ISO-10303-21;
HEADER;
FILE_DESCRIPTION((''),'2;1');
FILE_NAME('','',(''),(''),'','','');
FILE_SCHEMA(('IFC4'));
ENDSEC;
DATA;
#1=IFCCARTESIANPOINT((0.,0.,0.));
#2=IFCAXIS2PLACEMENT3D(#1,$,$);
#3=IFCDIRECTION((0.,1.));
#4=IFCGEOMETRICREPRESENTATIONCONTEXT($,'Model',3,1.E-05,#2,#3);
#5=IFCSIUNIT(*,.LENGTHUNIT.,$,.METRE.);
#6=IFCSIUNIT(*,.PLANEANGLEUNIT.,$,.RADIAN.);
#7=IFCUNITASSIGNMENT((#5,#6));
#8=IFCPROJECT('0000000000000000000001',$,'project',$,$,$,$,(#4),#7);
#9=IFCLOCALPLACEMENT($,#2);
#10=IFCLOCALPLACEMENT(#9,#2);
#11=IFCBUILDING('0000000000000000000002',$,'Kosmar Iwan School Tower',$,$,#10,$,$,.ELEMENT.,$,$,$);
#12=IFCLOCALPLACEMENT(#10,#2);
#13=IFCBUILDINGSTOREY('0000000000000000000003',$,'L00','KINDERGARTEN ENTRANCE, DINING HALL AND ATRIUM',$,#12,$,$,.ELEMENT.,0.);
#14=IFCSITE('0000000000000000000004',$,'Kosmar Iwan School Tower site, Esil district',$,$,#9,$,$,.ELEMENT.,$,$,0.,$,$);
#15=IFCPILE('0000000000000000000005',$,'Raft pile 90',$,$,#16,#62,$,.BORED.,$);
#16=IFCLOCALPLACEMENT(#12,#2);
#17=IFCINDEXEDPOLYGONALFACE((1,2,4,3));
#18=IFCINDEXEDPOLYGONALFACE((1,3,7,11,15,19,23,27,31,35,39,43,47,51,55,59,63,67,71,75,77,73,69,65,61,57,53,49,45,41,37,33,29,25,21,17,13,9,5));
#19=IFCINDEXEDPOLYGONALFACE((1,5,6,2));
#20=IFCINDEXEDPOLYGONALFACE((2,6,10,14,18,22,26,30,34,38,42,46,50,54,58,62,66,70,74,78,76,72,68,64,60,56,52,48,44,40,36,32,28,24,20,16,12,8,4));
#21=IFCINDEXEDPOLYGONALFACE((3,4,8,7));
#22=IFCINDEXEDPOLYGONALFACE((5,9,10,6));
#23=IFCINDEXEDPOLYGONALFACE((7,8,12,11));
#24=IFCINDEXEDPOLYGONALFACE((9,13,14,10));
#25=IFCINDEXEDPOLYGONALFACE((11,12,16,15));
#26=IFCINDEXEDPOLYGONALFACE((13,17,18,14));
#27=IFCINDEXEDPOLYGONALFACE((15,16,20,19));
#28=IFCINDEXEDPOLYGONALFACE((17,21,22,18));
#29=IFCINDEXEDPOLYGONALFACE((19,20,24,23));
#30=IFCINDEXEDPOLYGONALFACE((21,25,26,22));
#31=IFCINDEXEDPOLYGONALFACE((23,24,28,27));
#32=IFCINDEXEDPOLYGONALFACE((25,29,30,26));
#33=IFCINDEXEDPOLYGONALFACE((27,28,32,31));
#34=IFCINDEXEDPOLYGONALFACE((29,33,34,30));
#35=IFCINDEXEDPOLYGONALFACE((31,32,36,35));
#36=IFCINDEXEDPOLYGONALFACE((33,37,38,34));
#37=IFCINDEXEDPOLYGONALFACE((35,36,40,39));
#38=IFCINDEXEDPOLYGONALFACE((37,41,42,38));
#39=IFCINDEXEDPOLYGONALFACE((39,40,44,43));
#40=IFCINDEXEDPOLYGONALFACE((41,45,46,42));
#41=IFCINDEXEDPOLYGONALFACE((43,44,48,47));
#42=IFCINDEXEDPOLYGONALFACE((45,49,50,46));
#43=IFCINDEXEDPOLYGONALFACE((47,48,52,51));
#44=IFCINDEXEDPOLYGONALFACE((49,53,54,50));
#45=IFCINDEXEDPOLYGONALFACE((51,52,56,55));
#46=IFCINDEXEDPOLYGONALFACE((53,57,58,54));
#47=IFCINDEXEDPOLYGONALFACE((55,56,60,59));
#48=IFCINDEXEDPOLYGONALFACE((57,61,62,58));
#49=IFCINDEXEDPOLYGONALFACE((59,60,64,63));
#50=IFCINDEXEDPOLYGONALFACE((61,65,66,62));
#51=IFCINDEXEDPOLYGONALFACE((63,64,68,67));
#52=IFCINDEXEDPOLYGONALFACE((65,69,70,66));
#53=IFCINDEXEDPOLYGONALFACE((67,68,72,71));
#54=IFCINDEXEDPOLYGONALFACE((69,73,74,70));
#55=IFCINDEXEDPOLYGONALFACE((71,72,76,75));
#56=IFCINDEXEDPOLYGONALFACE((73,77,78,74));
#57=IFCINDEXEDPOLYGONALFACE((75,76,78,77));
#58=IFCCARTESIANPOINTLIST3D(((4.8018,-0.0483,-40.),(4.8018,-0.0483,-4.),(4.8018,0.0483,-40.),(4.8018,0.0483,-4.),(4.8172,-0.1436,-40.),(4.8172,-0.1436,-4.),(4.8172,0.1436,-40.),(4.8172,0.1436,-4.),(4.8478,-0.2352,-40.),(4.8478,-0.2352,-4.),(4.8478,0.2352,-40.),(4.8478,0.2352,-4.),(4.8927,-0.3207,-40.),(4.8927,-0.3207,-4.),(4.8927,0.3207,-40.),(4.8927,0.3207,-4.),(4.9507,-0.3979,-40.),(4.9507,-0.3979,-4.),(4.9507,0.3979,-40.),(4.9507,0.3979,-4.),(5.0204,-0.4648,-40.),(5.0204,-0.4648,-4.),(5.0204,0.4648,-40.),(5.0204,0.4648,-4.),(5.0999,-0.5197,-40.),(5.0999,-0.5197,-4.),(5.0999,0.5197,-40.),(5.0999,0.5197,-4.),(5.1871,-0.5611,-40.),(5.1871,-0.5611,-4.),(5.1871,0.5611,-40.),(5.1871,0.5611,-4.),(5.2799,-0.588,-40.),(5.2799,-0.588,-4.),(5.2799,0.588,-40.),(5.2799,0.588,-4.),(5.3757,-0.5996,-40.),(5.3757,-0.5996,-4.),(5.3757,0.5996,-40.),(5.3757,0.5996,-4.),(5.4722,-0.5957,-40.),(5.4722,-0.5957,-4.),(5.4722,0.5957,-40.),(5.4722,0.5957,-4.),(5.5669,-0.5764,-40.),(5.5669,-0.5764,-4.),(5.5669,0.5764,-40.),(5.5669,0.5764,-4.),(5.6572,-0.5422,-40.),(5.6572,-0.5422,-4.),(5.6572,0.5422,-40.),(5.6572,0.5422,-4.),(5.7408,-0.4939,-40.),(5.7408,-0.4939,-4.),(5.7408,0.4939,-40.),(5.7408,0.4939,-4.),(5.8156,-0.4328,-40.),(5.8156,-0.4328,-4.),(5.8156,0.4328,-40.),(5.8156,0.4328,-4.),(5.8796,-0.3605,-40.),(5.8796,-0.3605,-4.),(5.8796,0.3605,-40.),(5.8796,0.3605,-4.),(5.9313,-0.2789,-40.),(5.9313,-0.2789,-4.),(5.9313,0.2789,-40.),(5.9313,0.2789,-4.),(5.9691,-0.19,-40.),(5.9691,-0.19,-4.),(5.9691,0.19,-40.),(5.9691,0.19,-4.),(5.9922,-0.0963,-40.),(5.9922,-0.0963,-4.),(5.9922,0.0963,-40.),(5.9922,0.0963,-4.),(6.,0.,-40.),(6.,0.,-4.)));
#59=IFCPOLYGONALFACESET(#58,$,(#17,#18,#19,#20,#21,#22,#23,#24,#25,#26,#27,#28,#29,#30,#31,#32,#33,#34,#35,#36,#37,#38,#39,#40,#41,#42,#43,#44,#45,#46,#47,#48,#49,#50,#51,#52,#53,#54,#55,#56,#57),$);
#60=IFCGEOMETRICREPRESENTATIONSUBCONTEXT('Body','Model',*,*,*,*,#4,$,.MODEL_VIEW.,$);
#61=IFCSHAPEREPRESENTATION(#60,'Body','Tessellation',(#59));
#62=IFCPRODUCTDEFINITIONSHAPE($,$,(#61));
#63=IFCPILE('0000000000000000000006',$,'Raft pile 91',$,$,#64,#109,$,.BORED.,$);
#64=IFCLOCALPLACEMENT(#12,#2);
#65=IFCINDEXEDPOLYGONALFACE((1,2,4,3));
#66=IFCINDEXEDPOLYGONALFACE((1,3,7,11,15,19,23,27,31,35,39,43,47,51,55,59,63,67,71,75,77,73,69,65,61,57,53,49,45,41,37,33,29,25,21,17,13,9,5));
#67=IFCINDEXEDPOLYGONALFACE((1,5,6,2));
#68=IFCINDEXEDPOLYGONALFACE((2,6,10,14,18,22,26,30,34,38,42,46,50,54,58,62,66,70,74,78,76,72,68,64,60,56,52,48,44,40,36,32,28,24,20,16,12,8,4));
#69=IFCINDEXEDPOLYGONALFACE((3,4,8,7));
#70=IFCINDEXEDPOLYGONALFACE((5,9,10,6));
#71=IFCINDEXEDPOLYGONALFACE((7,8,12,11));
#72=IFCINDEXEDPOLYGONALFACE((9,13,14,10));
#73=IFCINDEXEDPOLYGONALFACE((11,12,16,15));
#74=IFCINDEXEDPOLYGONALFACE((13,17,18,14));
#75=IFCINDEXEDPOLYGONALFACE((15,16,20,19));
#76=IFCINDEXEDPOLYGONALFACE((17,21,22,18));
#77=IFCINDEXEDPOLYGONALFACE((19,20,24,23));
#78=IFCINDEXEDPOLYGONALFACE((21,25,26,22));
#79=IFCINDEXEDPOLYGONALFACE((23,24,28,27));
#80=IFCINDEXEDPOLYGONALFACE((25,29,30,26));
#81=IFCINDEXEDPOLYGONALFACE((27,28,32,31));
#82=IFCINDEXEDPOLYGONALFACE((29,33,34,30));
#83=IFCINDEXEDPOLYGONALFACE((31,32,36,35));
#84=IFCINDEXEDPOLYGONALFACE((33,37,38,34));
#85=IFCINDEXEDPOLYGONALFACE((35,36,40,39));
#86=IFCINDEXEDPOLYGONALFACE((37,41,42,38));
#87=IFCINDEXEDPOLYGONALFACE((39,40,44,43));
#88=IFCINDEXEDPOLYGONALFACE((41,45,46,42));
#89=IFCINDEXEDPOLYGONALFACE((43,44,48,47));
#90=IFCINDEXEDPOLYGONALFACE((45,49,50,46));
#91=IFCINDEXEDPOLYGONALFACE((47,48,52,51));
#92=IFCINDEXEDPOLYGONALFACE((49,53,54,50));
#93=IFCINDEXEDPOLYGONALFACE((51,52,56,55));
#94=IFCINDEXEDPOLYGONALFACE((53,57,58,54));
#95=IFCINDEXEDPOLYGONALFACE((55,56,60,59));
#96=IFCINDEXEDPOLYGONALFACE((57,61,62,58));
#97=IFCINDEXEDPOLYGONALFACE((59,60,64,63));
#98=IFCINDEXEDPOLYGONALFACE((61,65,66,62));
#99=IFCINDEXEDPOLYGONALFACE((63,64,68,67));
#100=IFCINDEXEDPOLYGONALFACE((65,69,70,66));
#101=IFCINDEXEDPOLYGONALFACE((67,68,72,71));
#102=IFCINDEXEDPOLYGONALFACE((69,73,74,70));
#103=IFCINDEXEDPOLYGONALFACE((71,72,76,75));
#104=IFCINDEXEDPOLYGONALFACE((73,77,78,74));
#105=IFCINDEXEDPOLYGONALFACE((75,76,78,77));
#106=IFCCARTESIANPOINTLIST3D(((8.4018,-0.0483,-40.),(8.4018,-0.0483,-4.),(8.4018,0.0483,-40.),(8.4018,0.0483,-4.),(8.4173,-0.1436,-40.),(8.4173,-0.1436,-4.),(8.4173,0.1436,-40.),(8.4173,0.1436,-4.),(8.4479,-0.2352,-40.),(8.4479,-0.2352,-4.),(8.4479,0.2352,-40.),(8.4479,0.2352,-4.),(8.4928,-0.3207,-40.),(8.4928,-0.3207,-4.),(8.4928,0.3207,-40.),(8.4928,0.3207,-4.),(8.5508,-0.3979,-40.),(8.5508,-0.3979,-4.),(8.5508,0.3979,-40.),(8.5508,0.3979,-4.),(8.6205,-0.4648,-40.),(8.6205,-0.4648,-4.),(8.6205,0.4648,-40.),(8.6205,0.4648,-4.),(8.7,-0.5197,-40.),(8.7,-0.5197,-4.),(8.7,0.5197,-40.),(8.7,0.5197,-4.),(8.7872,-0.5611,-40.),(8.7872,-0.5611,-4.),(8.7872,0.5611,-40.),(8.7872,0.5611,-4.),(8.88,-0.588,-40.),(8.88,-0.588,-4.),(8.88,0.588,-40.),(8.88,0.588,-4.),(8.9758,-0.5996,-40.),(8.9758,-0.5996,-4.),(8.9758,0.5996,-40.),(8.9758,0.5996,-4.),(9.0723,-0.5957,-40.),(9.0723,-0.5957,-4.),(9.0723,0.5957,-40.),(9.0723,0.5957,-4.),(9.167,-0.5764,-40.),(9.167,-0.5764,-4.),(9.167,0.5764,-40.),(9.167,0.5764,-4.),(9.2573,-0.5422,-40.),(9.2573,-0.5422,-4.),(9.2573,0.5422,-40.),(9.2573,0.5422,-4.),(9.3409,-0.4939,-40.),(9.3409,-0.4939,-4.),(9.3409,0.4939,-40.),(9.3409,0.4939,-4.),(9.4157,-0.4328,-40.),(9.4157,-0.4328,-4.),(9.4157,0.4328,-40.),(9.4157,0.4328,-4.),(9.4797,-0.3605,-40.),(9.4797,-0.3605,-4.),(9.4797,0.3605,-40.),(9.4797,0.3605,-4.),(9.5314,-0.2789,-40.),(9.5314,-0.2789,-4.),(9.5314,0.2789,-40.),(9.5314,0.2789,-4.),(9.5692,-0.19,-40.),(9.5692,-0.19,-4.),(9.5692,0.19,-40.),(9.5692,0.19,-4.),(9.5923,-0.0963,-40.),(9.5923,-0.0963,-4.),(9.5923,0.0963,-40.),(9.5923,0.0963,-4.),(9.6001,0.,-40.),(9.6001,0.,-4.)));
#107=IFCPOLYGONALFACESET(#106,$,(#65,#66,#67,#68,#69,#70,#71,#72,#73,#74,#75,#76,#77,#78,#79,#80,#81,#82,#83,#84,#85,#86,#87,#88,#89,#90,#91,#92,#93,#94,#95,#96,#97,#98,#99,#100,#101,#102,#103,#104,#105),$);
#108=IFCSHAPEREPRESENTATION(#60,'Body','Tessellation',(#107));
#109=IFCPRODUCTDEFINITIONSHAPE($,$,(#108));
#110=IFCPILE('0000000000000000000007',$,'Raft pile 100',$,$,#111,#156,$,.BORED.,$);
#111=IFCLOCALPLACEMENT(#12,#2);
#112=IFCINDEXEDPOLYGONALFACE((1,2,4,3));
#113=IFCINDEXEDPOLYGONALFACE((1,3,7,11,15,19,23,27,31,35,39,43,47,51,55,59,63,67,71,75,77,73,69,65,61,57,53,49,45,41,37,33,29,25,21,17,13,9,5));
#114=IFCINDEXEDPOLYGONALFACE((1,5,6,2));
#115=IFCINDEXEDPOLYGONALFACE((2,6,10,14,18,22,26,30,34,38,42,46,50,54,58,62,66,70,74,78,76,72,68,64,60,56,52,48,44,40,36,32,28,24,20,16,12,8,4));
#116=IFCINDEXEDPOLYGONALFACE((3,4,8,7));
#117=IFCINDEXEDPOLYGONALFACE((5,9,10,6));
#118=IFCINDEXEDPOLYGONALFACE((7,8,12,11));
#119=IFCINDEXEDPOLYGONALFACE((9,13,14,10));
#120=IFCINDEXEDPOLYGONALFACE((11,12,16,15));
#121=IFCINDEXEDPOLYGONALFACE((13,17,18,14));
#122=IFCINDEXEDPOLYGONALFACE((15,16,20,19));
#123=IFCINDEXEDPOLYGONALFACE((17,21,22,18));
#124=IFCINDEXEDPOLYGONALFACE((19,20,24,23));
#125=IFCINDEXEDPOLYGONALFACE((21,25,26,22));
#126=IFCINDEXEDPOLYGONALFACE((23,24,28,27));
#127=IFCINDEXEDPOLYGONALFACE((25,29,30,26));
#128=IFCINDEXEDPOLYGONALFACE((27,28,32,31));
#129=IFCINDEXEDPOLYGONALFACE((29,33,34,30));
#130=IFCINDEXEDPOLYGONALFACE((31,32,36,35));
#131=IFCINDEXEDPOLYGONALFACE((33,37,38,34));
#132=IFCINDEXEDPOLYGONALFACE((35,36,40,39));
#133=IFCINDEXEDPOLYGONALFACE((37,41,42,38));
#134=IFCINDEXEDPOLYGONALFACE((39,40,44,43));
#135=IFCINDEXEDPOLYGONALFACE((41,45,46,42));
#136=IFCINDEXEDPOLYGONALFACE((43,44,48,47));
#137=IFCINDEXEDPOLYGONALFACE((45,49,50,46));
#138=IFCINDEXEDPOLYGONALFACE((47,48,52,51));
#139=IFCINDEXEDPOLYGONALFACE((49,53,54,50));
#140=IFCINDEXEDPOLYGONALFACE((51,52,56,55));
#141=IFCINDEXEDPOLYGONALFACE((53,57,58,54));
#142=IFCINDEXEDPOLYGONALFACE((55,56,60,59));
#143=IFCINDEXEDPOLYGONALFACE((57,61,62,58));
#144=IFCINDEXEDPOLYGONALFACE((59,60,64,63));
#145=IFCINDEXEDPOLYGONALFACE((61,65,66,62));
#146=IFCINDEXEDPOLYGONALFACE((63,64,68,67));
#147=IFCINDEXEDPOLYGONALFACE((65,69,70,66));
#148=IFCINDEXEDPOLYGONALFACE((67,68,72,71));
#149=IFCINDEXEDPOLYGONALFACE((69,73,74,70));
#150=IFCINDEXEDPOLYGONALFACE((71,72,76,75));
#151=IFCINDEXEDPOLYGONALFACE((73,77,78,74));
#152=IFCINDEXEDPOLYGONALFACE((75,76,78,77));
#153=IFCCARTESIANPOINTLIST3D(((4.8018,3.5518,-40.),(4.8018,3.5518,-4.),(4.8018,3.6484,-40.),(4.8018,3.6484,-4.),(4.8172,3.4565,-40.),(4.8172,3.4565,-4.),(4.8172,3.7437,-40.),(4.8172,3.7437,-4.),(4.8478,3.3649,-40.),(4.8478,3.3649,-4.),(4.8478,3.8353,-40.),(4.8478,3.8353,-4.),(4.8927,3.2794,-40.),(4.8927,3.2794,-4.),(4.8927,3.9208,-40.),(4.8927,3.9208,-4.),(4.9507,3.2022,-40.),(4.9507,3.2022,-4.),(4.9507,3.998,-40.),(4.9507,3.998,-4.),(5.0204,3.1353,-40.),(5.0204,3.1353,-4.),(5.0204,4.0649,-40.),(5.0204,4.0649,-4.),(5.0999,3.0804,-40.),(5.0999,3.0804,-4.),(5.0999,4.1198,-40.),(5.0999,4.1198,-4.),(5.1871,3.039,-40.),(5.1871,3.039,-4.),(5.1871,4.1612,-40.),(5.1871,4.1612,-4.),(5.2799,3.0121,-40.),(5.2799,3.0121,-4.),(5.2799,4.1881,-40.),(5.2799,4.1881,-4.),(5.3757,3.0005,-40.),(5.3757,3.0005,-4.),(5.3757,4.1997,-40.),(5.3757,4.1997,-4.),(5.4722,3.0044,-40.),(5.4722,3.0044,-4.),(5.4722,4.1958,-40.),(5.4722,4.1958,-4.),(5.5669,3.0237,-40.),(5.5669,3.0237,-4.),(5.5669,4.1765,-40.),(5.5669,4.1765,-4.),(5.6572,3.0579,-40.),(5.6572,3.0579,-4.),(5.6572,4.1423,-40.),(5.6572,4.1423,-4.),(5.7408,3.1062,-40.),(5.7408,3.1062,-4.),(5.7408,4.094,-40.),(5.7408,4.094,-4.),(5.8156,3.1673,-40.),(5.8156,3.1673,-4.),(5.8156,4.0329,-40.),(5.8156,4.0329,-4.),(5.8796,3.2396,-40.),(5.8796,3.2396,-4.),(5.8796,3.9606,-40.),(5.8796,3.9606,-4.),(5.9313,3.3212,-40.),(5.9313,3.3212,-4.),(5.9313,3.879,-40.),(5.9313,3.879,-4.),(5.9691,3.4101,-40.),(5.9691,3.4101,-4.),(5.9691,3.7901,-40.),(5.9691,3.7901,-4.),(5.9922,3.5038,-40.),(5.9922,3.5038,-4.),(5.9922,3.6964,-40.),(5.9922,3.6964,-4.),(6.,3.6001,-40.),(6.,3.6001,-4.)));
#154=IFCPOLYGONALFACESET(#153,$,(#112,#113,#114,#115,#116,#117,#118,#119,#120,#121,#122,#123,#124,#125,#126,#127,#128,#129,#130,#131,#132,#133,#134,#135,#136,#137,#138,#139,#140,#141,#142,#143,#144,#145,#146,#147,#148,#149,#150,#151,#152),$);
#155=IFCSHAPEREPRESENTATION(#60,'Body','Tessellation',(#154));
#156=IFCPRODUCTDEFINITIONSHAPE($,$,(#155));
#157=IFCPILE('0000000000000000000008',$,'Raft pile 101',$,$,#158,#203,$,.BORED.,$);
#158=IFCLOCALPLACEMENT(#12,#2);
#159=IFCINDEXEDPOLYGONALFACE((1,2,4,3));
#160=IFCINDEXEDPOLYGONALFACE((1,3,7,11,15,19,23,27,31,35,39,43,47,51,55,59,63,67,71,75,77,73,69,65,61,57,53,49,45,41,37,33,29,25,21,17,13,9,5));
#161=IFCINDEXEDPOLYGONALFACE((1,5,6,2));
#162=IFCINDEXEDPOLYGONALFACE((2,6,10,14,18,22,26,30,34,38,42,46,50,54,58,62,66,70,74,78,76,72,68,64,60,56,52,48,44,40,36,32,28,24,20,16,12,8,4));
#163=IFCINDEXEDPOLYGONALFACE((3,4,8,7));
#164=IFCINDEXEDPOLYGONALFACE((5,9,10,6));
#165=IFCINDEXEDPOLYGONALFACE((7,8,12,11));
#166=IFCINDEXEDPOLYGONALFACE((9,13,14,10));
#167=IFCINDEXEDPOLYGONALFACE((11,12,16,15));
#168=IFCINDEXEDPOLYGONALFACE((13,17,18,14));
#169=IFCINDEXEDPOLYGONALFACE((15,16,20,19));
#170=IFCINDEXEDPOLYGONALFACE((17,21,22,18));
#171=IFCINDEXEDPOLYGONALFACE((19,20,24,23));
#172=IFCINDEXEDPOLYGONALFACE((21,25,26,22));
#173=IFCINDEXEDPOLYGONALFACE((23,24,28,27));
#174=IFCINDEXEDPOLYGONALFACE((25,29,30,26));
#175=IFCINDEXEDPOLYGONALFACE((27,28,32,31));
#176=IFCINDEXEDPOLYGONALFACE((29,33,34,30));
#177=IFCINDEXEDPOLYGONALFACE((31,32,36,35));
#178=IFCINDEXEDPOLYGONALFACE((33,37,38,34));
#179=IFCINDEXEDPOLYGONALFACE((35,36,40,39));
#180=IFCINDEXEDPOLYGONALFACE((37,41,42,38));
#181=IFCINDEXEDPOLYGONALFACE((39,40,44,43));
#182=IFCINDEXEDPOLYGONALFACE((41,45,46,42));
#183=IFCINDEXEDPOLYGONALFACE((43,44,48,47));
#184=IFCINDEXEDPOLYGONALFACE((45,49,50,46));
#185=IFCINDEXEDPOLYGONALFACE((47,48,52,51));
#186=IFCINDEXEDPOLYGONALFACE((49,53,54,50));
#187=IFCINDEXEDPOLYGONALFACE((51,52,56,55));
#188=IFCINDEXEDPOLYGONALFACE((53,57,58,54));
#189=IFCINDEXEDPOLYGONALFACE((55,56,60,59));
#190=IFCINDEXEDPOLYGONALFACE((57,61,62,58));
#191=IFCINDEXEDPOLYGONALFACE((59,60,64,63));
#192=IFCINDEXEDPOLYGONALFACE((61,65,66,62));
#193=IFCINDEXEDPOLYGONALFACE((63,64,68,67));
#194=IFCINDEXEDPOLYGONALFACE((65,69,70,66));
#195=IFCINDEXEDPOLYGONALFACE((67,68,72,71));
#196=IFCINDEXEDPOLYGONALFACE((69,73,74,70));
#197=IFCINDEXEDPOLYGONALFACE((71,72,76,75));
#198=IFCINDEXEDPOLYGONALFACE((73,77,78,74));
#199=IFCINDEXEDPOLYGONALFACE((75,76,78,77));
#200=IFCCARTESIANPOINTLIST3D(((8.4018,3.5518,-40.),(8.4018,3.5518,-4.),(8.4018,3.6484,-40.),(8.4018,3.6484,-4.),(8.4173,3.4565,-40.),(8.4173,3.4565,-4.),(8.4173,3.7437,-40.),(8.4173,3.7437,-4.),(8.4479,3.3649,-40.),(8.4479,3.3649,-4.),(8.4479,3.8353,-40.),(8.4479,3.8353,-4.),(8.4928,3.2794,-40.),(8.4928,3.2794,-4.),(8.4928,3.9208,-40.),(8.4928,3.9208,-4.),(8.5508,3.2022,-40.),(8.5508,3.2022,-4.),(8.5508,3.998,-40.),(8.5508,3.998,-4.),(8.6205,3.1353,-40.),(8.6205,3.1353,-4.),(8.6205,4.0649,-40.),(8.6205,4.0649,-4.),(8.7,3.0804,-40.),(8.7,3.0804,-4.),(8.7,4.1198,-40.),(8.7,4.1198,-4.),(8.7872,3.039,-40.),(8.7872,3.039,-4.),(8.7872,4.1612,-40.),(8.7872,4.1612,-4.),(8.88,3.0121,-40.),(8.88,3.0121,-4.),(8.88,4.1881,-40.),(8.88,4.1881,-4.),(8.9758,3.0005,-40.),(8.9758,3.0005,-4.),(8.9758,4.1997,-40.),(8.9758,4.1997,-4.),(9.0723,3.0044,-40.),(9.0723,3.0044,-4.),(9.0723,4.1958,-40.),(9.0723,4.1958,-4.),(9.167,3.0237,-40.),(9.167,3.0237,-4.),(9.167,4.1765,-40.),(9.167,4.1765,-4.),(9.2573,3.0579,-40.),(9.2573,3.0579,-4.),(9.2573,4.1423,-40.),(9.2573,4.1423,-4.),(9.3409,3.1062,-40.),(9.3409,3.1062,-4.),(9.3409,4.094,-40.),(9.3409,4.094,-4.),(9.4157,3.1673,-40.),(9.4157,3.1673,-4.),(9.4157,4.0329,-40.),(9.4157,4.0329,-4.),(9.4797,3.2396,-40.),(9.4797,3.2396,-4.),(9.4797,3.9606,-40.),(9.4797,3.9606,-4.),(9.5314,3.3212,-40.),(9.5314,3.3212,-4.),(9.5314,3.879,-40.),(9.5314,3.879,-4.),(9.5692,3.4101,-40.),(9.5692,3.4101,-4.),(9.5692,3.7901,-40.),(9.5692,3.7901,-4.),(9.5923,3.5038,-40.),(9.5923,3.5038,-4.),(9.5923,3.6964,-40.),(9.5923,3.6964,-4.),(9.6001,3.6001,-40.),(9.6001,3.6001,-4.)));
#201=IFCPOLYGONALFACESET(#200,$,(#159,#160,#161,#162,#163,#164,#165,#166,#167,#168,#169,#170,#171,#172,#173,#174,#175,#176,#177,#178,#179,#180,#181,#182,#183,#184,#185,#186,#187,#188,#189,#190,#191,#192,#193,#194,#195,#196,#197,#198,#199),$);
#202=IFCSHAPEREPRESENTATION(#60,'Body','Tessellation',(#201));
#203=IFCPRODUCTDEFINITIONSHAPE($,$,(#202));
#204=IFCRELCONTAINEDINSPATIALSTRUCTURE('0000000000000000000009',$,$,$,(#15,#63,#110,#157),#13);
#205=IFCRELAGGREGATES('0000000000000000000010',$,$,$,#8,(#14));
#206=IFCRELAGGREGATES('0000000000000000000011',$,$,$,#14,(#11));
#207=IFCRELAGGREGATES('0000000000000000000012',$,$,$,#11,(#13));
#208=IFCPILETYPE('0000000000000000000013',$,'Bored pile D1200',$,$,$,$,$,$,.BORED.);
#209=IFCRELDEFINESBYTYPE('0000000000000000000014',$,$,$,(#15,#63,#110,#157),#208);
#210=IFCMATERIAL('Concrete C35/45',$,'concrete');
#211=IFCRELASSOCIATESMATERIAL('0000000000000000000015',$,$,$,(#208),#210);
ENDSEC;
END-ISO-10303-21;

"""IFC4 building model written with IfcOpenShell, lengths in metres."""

from ifc_helpers import new_model, si_unit, direction, frame, origin, origin_2d, place, context, subcontext, project, spatial, circle, extrude, material, material_profile, profile_set, type_object, element, save


model = new_model("IFC4")

# Units and contexts
model_context = context("Model", 3, precision=1e-05, world=origin(), true_north=direction((0.0, 1.0)))
body_context = subcontext(model_context, "Body", "Model", "MODEL_VIEW")
ifc_project = project(units=[si_unit("LENGTHUNIT", "METRE"), si_unit("PLANEANGLEUNIT", "RADIAN")], contexts=[model_context])

# Site, building, storey
site_placement = place(None, origin())
site = spatial("IfcSite", under=ifc_project, at=site_placement, Name="Kosmar Iwan School Tower site, Esil district", CompositionType="ELEMENT", RefElevation=0.0)
building_placement = place(site_placement, origin())
building = spatial("IfcBuilding", under=site, at=building_placement, Name="Kosmar Iwan School Tower", CompositionType="ELEMENT")
storey_placement = place(building_placement, origin())
storey = spatial("IfcBuildingStorey", under=building, at=storey_placement, Name="L00", Description="KINDERGARTEN ENTRANCE, DINING HALL AND ATRIUM", CompositionType="ELEMENT", Elevation=0.0)

# Piles
ifc_material_1 = material(Name="Concrete C35/45", Category="concrete")
ifc_material_profile_1 = material_profile(ifc_material_1, circle(Radius=0.6001, at=origin_2d()), Name="D1200")
ifc_profile_set_1 = profile_set([ifc_material_profile_1], Name="Concrete C35/45")
pile_type = type_object("IfcPileType", Name="Bored pile D1200", PredefinedType="BORED", material=ifc_profile_set_1)
for number, where, z_axis, x_axis, name in (
    (1, (5.3999, 0.0, -4.0), (0.0, 0.0, -1.0), (1.0, 0.0, 0.0), "Raft pile 90"),
    (2, (9.0, 0.0, -4.0), (0.0, 0.0, -1.0), (1.0, 0.0, 0.0), "Raft pile 91"),
    (3, (5.3999, 3.6001, -4.0), (0.0, 0.0, -1.0), (1.0, 0.0, 0.0), "Raft pile 100"),
    (4, (9.0, 3.6001, -4.0), (0.0, 0.0, -1.0), (1.0, 0.0, 0.0), "Raft pile 101"),
):
    element("IfcPile", number, at=place(storey_placement, frame(where, z_axis=z_axis, x_axis=x_axis)), inside=storey, type_object=pile_type, Name=name, PredefinedType="BORED", context=body_context, shape_type="SweptSolid", body=[
        extrude(circle(Radius=0.6001, at=origin_2d()), origin(), (0.0, 0.0, 1.0), 36.0),
    ])

save(model, "model.ifc")
